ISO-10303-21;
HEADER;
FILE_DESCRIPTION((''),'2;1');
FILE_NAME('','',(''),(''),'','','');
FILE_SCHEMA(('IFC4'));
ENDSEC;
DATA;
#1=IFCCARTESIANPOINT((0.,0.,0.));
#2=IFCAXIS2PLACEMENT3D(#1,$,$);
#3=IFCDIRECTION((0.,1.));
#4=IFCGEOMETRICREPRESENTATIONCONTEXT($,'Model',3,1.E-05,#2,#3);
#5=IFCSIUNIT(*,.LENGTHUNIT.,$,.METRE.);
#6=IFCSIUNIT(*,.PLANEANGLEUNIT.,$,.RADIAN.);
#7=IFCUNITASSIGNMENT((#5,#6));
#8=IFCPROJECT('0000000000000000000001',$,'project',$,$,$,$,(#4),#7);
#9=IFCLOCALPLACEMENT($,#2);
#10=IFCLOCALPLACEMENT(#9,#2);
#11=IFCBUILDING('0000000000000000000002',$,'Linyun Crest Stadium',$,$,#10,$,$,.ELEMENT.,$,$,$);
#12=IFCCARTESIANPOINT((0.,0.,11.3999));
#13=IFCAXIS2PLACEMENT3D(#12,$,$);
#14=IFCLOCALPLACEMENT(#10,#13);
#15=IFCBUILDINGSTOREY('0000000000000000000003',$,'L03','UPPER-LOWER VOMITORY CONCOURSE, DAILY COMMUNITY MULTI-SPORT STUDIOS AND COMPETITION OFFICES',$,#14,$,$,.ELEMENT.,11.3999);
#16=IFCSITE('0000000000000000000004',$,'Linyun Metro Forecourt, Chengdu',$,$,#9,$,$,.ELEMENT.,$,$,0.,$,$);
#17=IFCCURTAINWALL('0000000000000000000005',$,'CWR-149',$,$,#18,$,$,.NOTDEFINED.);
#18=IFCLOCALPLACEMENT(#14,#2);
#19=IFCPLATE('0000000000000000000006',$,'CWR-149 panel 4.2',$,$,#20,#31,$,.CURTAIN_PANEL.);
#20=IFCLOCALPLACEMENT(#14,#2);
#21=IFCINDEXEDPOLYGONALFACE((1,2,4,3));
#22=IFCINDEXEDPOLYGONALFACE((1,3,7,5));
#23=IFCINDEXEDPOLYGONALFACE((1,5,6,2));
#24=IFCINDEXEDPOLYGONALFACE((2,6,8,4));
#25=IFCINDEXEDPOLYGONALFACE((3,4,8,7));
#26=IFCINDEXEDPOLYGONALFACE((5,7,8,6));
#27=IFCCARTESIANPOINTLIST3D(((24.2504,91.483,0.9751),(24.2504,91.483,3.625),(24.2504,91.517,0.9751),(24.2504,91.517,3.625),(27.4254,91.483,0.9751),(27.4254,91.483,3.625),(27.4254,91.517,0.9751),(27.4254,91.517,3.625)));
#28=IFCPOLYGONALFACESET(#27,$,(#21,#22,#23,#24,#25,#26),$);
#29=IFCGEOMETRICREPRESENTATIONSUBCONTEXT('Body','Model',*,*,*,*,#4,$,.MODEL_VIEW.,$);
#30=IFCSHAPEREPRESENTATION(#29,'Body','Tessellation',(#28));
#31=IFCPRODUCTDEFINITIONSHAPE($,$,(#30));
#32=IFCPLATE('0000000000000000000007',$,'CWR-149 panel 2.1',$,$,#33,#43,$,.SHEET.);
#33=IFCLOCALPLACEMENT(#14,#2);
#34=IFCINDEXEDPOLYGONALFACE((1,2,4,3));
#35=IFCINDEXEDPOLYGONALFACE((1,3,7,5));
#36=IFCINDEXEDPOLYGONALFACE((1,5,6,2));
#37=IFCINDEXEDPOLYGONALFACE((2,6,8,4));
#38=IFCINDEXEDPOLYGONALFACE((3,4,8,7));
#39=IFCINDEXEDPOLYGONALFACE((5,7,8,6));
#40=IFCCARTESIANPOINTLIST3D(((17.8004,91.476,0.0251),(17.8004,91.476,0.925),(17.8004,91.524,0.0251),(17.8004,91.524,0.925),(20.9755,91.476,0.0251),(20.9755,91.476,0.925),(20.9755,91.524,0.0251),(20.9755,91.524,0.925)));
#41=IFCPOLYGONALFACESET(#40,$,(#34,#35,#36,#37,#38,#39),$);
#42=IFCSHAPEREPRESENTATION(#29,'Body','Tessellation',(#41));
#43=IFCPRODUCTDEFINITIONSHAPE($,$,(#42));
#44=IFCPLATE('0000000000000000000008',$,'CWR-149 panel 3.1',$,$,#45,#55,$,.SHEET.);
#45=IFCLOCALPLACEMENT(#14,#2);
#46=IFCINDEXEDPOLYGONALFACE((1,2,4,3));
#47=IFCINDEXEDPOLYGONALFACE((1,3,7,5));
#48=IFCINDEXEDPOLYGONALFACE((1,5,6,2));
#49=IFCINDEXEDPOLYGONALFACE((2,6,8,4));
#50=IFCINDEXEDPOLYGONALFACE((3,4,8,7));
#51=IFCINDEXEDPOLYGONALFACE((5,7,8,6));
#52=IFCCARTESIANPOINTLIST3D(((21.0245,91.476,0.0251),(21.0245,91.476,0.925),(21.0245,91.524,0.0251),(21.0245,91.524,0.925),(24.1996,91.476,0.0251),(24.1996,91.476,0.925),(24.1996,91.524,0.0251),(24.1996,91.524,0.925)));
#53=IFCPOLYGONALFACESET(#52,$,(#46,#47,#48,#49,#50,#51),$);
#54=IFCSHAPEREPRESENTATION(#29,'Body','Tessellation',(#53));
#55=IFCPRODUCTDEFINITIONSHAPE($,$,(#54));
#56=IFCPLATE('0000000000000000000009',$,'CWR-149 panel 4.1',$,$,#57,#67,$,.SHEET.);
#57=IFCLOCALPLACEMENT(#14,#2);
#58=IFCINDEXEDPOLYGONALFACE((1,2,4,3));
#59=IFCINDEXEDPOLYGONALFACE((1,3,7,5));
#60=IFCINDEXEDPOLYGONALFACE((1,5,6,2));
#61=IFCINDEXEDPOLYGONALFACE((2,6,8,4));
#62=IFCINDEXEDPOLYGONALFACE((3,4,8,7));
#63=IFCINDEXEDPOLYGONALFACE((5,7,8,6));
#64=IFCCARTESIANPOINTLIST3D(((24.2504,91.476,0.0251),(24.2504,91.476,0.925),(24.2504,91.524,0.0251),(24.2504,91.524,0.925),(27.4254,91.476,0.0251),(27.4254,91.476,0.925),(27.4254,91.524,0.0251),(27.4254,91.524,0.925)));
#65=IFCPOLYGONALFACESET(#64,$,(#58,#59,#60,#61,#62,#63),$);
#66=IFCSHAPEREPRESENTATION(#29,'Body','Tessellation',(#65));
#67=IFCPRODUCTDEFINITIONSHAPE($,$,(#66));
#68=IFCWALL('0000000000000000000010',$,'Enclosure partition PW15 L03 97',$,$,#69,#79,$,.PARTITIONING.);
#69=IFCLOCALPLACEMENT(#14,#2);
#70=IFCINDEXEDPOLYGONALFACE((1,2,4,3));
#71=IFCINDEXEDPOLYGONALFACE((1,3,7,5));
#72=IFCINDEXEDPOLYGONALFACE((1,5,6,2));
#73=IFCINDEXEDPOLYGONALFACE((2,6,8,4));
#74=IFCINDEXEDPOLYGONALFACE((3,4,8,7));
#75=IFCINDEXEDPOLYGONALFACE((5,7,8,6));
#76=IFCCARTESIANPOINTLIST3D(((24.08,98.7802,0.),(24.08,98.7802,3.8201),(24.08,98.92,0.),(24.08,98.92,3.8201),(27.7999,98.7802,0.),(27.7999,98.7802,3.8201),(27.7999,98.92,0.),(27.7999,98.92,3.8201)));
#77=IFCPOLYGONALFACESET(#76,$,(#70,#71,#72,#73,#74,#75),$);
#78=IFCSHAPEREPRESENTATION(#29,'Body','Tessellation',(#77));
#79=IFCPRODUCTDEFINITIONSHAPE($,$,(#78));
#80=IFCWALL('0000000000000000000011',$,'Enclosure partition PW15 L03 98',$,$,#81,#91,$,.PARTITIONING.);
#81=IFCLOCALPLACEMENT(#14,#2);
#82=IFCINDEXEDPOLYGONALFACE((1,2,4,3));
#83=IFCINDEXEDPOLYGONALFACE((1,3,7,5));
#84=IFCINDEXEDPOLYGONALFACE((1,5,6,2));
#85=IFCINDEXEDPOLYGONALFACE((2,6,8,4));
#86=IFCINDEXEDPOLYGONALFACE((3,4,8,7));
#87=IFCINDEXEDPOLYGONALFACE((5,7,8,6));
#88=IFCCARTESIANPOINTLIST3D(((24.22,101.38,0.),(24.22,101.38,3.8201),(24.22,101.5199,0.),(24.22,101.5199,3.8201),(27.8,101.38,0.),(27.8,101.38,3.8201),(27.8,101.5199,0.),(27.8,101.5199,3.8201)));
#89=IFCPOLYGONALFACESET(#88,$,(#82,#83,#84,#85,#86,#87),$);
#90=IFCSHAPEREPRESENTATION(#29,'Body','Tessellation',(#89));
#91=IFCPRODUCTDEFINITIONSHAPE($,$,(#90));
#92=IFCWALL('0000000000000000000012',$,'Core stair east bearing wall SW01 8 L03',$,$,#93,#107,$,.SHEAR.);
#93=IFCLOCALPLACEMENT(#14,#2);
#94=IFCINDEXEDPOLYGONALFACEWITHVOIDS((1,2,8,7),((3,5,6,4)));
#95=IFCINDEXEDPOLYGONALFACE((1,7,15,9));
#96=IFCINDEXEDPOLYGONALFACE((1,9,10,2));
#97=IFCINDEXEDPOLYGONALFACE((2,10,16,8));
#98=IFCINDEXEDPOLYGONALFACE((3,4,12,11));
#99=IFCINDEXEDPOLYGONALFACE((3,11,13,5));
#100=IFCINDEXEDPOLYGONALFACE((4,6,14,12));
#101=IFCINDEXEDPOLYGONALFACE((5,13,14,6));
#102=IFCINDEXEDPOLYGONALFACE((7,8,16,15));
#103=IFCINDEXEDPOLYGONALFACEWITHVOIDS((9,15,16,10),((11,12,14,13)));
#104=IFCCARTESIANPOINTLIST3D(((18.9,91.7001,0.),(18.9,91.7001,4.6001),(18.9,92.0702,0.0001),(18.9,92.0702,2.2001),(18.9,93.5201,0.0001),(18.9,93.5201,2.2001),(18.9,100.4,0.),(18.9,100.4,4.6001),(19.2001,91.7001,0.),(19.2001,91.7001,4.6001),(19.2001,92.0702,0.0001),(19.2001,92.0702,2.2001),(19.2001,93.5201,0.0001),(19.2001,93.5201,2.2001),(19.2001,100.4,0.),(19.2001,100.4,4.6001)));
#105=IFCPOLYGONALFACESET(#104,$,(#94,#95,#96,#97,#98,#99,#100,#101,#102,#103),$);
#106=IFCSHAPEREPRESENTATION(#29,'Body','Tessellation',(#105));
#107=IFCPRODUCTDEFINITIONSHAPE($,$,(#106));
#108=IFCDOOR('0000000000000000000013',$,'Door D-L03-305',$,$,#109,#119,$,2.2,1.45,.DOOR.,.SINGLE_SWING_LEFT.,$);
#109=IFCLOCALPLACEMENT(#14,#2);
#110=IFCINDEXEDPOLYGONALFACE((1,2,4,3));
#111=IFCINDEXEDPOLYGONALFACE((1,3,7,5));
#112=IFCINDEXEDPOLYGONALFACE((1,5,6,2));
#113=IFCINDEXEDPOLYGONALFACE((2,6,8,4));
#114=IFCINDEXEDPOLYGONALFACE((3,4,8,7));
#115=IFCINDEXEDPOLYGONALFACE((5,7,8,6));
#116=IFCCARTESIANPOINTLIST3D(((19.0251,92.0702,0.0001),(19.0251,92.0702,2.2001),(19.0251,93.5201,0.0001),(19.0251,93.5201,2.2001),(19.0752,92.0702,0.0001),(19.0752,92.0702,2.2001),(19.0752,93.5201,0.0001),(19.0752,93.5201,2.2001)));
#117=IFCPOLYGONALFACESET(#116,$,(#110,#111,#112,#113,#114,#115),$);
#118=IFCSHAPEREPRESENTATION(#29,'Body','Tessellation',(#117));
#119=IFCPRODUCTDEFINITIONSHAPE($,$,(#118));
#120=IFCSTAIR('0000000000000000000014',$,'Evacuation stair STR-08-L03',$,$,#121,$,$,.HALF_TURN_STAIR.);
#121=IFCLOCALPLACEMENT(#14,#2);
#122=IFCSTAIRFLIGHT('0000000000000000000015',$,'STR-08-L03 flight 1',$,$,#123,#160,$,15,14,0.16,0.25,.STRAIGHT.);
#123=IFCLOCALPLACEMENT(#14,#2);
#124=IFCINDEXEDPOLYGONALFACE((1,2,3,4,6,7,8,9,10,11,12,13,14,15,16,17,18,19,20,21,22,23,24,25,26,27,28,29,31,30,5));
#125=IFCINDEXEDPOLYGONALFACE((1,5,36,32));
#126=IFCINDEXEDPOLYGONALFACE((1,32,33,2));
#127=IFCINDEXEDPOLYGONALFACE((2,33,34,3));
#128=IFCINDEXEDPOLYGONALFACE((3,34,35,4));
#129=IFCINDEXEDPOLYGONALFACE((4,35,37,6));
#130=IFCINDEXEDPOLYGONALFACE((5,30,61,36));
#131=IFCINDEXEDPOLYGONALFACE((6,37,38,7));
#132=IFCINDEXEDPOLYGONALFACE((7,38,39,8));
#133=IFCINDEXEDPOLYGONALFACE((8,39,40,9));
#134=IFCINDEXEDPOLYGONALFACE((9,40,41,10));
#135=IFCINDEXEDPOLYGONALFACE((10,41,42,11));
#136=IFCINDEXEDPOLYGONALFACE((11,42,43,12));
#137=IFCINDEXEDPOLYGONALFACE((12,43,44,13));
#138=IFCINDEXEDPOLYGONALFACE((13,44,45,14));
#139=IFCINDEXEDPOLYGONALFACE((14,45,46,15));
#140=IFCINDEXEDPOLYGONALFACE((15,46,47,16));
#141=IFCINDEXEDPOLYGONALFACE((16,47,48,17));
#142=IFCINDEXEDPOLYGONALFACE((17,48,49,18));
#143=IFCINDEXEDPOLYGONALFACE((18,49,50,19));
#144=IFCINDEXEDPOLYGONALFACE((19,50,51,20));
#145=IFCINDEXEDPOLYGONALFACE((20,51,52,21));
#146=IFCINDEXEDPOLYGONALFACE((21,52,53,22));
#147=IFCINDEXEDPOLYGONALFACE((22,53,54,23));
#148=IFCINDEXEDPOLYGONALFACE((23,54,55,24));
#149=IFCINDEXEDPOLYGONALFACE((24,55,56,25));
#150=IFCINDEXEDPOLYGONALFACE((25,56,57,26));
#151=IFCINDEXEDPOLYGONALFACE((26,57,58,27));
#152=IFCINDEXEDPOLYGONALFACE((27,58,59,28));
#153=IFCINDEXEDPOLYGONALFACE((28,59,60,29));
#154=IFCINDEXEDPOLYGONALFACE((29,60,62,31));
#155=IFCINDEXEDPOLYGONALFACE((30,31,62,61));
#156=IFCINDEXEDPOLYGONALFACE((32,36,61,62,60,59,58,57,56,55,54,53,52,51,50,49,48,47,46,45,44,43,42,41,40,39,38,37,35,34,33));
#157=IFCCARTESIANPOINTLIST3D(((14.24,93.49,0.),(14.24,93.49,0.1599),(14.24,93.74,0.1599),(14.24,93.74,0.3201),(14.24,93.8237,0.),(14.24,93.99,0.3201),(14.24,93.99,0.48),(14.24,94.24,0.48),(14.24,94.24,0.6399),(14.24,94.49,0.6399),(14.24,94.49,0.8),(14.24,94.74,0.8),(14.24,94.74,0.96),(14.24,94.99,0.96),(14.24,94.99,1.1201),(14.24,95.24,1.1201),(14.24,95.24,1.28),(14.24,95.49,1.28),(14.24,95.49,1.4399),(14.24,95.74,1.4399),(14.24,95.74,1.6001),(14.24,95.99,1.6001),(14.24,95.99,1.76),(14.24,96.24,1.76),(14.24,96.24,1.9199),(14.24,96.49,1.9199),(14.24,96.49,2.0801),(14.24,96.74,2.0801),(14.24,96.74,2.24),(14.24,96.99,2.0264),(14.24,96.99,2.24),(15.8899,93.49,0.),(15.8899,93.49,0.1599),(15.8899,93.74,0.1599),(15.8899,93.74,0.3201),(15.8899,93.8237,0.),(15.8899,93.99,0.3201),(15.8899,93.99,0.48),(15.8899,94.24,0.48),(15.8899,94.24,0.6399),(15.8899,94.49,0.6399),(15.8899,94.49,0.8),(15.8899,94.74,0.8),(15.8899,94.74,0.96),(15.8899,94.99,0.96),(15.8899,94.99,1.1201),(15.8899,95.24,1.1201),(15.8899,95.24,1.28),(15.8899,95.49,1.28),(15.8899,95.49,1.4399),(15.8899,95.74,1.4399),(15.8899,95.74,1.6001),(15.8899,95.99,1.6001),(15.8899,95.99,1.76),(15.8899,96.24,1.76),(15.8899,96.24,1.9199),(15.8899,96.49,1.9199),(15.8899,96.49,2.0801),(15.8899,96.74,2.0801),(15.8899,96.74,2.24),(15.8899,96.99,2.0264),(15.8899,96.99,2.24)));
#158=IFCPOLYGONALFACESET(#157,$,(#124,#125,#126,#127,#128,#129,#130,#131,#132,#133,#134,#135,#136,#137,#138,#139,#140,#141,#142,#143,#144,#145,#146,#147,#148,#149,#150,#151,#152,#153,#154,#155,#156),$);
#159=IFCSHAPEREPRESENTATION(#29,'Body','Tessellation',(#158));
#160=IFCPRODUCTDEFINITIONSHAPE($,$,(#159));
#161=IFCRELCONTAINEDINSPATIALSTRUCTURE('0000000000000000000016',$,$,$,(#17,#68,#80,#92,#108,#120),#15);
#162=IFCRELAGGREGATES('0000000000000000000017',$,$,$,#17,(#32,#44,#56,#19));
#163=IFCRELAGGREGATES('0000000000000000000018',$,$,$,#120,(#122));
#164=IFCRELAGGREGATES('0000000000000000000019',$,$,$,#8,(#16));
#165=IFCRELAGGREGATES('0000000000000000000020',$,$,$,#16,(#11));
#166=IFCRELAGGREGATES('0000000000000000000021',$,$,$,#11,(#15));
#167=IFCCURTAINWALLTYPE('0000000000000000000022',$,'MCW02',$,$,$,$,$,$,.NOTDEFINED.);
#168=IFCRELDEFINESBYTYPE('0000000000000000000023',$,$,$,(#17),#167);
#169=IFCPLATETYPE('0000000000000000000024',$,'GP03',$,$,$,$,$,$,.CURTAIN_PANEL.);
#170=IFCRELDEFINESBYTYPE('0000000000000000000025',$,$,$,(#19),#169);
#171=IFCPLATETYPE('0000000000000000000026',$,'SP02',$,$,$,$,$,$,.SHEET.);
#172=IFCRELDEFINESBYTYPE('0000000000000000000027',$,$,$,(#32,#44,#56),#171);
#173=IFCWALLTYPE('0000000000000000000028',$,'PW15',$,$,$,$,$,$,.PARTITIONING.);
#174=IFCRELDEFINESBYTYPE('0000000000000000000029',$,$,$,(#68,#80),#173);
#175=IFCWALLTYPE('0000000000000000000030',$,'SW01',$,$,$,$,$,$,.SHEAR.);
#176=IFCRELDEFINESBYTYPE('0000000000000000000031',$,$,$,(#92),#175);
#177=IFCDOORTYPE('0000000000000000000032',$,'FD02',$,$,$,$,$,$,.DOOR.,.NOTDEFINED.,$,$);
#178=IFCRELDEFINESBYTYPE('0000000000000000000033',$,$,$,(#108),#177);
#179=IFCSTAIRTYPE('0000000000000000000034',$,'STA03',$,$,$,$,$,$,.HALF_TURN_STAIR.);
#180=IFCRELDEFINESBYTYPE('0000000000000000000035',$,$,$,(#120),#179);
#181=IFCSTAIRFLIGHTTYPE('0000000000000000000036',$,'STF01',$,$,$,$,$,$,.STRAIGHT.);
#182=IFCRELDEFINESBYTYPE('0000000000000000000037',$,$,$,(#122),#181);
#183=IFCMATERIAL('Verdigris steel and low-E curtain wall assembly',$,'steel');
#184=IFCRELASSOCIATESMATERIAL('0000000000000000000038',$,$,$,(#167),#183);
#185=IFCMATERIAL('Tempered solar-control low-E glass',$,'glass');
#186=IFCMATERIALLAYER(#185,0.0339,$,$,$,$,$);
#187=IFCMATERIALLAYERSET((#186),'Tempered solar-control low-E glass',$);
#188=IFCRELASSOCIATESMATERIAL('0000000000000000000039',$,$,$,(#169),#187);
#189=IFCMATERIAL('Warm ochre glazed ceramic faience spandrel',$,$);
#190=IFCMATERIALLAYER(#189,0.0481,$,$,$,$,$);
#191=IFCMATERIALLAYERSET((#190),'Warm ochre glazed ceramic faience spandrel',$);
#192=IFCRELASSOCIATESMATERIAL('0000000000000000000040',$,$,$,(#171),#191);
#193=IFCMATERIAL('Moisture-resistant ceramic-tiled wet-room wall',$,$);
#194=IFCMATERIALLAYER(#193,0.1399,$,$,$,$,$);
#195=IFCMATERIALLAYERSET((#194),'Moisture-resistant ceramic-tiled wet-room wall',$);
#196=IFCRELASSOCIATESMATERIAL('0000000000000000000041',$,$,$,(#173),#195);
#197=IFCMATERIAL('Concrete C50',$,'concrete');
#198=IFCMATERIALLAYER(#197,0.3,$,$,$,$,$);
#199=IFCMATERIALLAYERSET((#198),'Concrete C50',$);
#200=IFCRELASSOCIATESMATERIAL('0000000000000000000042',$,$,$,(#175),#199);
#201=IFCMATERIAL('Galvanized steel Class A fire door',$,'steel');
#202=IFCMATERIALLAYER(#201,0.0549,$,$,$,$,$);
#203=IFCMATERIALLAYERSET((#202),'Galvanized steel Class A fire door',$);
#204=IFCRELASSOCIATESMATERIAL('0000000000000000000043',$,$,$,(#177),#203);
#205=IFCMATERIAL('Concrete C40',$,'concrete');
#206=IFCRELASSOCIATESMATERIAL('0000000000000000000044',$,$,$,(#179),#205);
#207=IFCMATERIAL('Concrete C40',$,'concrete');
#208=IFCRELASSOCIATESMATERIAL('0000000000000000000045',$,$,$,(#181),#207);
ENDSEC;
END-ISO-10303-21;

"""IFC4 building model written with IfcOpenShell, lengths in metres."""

from ifc_helpers import new_model, si_unit, direction, frame, frame_2d, origin, origin_2d, place, context, subcontext, project, spatial, polyline, rectangle, outline, extrude, material, layer, layer_set, type_object, element, fill, aggregate, save


model = new_model("IFC4")

# Units and contexts
model_context = context("Model", 3, precision=1e-05, world=origin(), true_north=direction((0.0, 1.0)))
body_context = subcontext(model_context, "Body", "Model", "MODEL_VIEW")
ifc_project = project(units=[si_unit("LENGTHUNIT", "METRE"), si_unit("PLANEANGLEUNIT", "RADIAN")], contexts=[model_context])

# Site, building, storey
site_placement = place(None, origin())
site = spatial("IfcSite", under=ifc_project, at=site_placement, Name="Linyun Metro Forecourt, Chengdu", CompositionType="ELEMENT", RefElevation=0.0)
building_placement = place(site_placement, origin())
building = spatial("IfcBuilding", under=site, at=building_placement, Name="Linyun Crest Stadium", CompositionType="ELEMENT")
storey_placement = place(building_placement, frame((0.0, 0.0, 11.3999)))
storey = spatial("IfcBuildingStorey", under=building, at=storey_placement, Name="L03", Description="UPPER-LOWER VOMITORY CONCOURSE, DAILY COMMUNITY MULTI-SPORT STUDIOS AND COMPETITION OFFICES", CompositionType="ELEMENT", Elevation=11.3999)

# Curtain wall, plates
ifc_material_1 = material(Name="Verdigris steel and low-E curtain wall assembly", Category="steel")
curtain_wall_type = type_object("IfcCurtainWallType", Name="MCW02", PredefinedType="NOTDEFINED", material=ifc_material_1)
curtain_wall_placement = place(storey_placement, origin())
curtain_wall = element("IfcCurtainWall", 1, at=curtain_wall_placement, inside=storey, type_object=curtain_wall_type, Name="CWR-149", PredefinedType="NOTDEFINED")
ifc_material_2 = material(Name="Tempered solar-control low-E glass", Category="glass")
ifc_layer_1 = layer(ifc_material_2, 0.0339)
ifc_layer_set_1 = layer_set([ifc_layer_1], Name="Tempered solar-control low-E glass")
plate_type_1 = type_object("IfcPlateType", Name="GP03", PredefinedType="CURTAIN_PANEL", material=ifc_layer_set_1)
plate_1_placement = place(storey_placement, frame((25.8379, 91.5, 0.9751), z_axis=(0.0, 0.0, 1.0), x_axis=(1.0, 0.0, 0.0)))
plate_1 = element("IfcPlate", 2, at=plate_1_placement, type_object=plate_type_1, Name="CWR-149 panel 4.2", PredefinedType="CURTAIN_PANEL", context=body_context, shape_type="SweptSolid", body=[
    extrude(rectangle(XDim=3.175, YDim=0.0339, at=origin_2d()), origin(), (0.0, 0.0, 1.0), 2.6499),
])
ifc_material_3 = material(Name="Warm ochre glazed ceramic faience spandrel")
ifc_layer_2 = layer(ifc_material_3, 0.0481)
ifc_layer_set_2 = layer_set([ifc_layer_2], Name="Warm ochre glazed ceramic faience spandrel")
plate_type_2 = type_object("IfcPlateType", Name="SP02", PredefinedType="SHEET", material=ifc_layer_set_2)
plate_2_placement = place(storey_placement, frame((19.3879, 91.5, 0.0251), z_axis=(0.0, 0.0, 1.0), x_axis=(1.0, 0.0, 0.0)))
plate_2 = element("IfcPlate", 3, at=plate_2_placement, type_object=plate_type_2, Name="CWR-149 panel 2.1", PredefinedType="SHEET", context=body_context, shape_type="SweptSolid", body=[
    extrude(rectangle(XDim=3.175, YDim=0.0481, at=origin_2d()), origin(), (0.0, 0.0, 1.0), 0.8999),
])
plate_3_placement = place(storey_placement, frame((22.6121, 91.5, 0.0251), z_axis=(0.0, 0.0, 1.0), x_axis=(1.0, 0.0, 0.0)))
plate_3 = element("IfcPlate", 4, at=plate_3_placement, type_object=plate_type_2, Name="CWR-149 panel 3.1", PredefinedType="SHEET", context=body_context, shape_type="SweptSolid", body=[
    extrude(rectangle(XDim=3.175, YDim=0.0481, at=origin_2d()), origin(), (0.0, 0.0, 1.0), 0.8999),
])
plate_4_placement = place(storey_placement, frame((25.8379, 91.5, 0.0251), z_axis=(0.0, 0.0, 1.0), x_axis=(1.0, 0.0, 0.0)))
plate_4 = element("IfcPlate", 5, at=plate_4_placement, type_object=plate_type_2, Name="CWR-149 panel 4.1", PredefinedType="SHEET", context=body_context, shape_type="SweptSolid", body=[
    extrude(rectangle(XDim=3.175, YDim=0.0481, at=origin_2d()), origin(), (0.0, 0.0, 1.0), 0.8999),
])
aggregate(curtain_wall, [plate_2, plate_3, plate_4, plate_1])

# Shared definitions
ifc_material_4 = material(Name="Moisture-resistant ceramic-tiled wet-room wall")
ifc_layer_3 = layer(ifc_material_4, 0.1399)
ifc_layer_set_3 = layer_set([ifc_layer_3], Name="Moisture-resistant ceramic-tiled wet-room wall")
wall_type_1 = type_object("IfcWallType", Name="PW15", PredefinedType="PARTITIONING", material=ifc_layer_set_3)

# Walls
wall_1_placement = place(storey_placement, frame((24.0801, 98.8501, 0.0), z_axis=(0.0, 0.0, 1.0), x_axis=(1.0, 0.0, 0.0)))
element("IfcWall", 6, at=wall_1_placement, inside=storey, type_object=wall_type_1, Name="Enclosure partition PW15 L03 97", PredefinedType="PARTITIONING", context=body_context, shape_type="SweptSolid", body=[
    extrude(rectangle(XDim=3.72, YDim=0.1399, at=frame_2d((1.8599, 0.0))), origin(), (0.0, 0.0, 1.0), 3.8201),
])
wall_2_placement = place(storey_placement, frame((24.22, 101.45, 0.0), z_axis=(0.0, 0.0, 1.0), x_axis=(1.0, 0.0, 0.0)))
element("IfcWall", 7, at=wall_2_placement, inside=storey, type_object=wall_type_1, Name="Enclosure partition PW15 L03 98", PredefinedType="PARTITIONING", context=body_context, shape_type="SweptSolid", body=[
    extrude(rectangle(XDim=3.5801, YDim=0.1399, at=frame_2d((1.79, 0.0))), origin(), (0.0, 0.0, 1.0), 3.8201),
])

# Wall, opening, door
ifc_material_5 = material(Name="Concrete C50", Category="concrete")
ifc_layer_4 = layer(ifc_material_5, 0.3)
ifc_layer_set_4 = layer_set([ifc_layer_4], Name="Concrete C50")
wall_type_2 = type_object("IfcWallType", Name="SW01", PredefinedType="SHEAR", material=ifc_layer_set_4)
wall_3_placement = place(storey_placement, frame((19.05, 91.7, 0.0), z_axis=(0.0, 0.0, 1.0), x_axis=(0.0, 1.0, 0.0)))
wall_3 = element("IfcWall", 8, at=wall_3_placement, inside=storey, type_object=wall_type_2, Name="Core stair east bearing wall SW01 8 L03", PredefinedType="SHEAR", context=body_context, shape_type="SweptSolid", body=[
    extrude(rectangle(XDim=8.7, YDim=0.3, at=frame_2d((4.3501, 0.0))), origin(), (0.0, 0.0, 1.0), 4.6001),
])
opening_1_placement = place(wall_3_placement, frame((0.3701, 0.0, 0.0)))
opening_1 = element("IfcOpeningElement", 9, at=opening_1_placement, cuts=wall_3, PredefinedType="OPENING", context=body_context, shape_type="SweptSolid", body=[
    extrude(rectangle(XDim=1.45, YDim=2.2, at=frame_2d((0.7251, 1.1001))), frame((0.0, 0.1599, 0.0), z_axis=(0.0, -1.0, 0.0), x_axis=(1.0, 0.0, 0.0)), (0.0, 0.0, 1.0), 0.3201),
])
ifc_material_6 = material(Name="Galvanized steel Class A fire door", Category="steel")
ifc_layer_5 = layer(ifc_material_6, 0.0549)
ifc_layer_set_5 = layer_set([ifc_layer_5], Name="Galvanized steel Class A fire door")
door_type_1 = type_object("IfcDoorType", Name="FD02", OperationType="NOTDEFINED", PredefinedType="DOOR", material=ifc_layer_set_5)
door_1_placement = place(opening_1_placement, origin())
door_1 = element("IfcDoor", 10, at=door_1_placement, inside=storey, type_object=door_type_1, Name="Door D-L03-305", OperationType="SINGLE_SWING_LEFT", OverallHeight=2.2, OverallWidth=1.45, PredefinedType="DOOR", context=body_context, shape_type="SweptSolid", body=[
    extrude(rectangle(XDim=1.45, YDim=2.2, at=frame_2d((0.7251, 1.1001))), frame((0.0, 0.0249, 0.0), z_axis=(0.0, -1.0, 0.0), x_axis=(1.0, 0.0, 0.0)), (0.0, 0.0, 1.0), 0.05),
])
fill(opening_1, door_1)

# Stair, stair flight
ifc_material_7 = material(Name="Concrete C40", Category="concrete")
stair_type = type_object("IfcStairType", Name="STA03", PredefinedType="HALF_TURN_STAIR", material=ifc_material_7)
stair_placement = place(storey_placement, origin())
stair = element("IfcStair", 11, at=stair_placement, inside=storey, type_object=stair_type, Name="Evacuation stair STR-08-L03", PredefinedType="HALF_TURN_STAIR")
ifc_material_8 = material(Name="Concrete C40", Category="concrete")
stair_flight_type = type_object("IfcStairFlightType", Name="STF01", PredefinedType="STRAIGHT", material=ifc_material_8)
stair_flight_1_placement = place(storey_placement, frame((15.0649, 93.49, 0.0), z_axis=(0.0, 0.0, 1.0), x_axis=(0.0, 1.0, 0.0)))
stair_flight_1 = element("IfcStairFlight", 12, at=stair_flight_1_placement, type_object=stair_flight_type, Name="STR-08-L03 flight 1", NumberOfRisers=15, NumberOfTreads=14, PredefinedType="STRAIGHT", RiserHeight=0.16, TreadLength=0.25, context=body_context, shape_type="SweptSolid", body=[
    extrude(outline(polyline([(0.0, 0.0), (0.0, 0.1599), (0.25, 0.1599), (0.25, 0.3201), (0.5, 0.3201), (0.5, 0.48), (0.75, 0.48), (0.75, 0.6399), (1.0, 0.6399), (1.0, 0.8), (1.25, 0.8), (1.25, 0.96), (1.5, 0.96), (1.5, 1.1201), (1.75, 1.1201), (1.75, 1.28), (2.0, 1.28), (2.0, 1.4399), (2.25, 1.4399), (2.25, 1.6001), (2.5, 1.6001), (2.5, 1.76), (2.75, 1.76), (2.75, 1.9199), (3.0, 1.9199), (3.0, 2.0801), (3.25, 2.0801), (3.25, 2.24), (3.5, 2.24), (3.5, 2.3999), (3.5, 2.0264), (0.3337, 0.0), (0.0, 0.0)])), frame((0.0, 0.825, 0.0), z_axis=(0.0, -1.0, 0.0), x_axis=(1.0, 0.0, 0.0)), (0.0, 0.0, 1.0), 1.6499),
])
aggregate(stair, [stair_flight_1])

save(model, "model.ifc")
